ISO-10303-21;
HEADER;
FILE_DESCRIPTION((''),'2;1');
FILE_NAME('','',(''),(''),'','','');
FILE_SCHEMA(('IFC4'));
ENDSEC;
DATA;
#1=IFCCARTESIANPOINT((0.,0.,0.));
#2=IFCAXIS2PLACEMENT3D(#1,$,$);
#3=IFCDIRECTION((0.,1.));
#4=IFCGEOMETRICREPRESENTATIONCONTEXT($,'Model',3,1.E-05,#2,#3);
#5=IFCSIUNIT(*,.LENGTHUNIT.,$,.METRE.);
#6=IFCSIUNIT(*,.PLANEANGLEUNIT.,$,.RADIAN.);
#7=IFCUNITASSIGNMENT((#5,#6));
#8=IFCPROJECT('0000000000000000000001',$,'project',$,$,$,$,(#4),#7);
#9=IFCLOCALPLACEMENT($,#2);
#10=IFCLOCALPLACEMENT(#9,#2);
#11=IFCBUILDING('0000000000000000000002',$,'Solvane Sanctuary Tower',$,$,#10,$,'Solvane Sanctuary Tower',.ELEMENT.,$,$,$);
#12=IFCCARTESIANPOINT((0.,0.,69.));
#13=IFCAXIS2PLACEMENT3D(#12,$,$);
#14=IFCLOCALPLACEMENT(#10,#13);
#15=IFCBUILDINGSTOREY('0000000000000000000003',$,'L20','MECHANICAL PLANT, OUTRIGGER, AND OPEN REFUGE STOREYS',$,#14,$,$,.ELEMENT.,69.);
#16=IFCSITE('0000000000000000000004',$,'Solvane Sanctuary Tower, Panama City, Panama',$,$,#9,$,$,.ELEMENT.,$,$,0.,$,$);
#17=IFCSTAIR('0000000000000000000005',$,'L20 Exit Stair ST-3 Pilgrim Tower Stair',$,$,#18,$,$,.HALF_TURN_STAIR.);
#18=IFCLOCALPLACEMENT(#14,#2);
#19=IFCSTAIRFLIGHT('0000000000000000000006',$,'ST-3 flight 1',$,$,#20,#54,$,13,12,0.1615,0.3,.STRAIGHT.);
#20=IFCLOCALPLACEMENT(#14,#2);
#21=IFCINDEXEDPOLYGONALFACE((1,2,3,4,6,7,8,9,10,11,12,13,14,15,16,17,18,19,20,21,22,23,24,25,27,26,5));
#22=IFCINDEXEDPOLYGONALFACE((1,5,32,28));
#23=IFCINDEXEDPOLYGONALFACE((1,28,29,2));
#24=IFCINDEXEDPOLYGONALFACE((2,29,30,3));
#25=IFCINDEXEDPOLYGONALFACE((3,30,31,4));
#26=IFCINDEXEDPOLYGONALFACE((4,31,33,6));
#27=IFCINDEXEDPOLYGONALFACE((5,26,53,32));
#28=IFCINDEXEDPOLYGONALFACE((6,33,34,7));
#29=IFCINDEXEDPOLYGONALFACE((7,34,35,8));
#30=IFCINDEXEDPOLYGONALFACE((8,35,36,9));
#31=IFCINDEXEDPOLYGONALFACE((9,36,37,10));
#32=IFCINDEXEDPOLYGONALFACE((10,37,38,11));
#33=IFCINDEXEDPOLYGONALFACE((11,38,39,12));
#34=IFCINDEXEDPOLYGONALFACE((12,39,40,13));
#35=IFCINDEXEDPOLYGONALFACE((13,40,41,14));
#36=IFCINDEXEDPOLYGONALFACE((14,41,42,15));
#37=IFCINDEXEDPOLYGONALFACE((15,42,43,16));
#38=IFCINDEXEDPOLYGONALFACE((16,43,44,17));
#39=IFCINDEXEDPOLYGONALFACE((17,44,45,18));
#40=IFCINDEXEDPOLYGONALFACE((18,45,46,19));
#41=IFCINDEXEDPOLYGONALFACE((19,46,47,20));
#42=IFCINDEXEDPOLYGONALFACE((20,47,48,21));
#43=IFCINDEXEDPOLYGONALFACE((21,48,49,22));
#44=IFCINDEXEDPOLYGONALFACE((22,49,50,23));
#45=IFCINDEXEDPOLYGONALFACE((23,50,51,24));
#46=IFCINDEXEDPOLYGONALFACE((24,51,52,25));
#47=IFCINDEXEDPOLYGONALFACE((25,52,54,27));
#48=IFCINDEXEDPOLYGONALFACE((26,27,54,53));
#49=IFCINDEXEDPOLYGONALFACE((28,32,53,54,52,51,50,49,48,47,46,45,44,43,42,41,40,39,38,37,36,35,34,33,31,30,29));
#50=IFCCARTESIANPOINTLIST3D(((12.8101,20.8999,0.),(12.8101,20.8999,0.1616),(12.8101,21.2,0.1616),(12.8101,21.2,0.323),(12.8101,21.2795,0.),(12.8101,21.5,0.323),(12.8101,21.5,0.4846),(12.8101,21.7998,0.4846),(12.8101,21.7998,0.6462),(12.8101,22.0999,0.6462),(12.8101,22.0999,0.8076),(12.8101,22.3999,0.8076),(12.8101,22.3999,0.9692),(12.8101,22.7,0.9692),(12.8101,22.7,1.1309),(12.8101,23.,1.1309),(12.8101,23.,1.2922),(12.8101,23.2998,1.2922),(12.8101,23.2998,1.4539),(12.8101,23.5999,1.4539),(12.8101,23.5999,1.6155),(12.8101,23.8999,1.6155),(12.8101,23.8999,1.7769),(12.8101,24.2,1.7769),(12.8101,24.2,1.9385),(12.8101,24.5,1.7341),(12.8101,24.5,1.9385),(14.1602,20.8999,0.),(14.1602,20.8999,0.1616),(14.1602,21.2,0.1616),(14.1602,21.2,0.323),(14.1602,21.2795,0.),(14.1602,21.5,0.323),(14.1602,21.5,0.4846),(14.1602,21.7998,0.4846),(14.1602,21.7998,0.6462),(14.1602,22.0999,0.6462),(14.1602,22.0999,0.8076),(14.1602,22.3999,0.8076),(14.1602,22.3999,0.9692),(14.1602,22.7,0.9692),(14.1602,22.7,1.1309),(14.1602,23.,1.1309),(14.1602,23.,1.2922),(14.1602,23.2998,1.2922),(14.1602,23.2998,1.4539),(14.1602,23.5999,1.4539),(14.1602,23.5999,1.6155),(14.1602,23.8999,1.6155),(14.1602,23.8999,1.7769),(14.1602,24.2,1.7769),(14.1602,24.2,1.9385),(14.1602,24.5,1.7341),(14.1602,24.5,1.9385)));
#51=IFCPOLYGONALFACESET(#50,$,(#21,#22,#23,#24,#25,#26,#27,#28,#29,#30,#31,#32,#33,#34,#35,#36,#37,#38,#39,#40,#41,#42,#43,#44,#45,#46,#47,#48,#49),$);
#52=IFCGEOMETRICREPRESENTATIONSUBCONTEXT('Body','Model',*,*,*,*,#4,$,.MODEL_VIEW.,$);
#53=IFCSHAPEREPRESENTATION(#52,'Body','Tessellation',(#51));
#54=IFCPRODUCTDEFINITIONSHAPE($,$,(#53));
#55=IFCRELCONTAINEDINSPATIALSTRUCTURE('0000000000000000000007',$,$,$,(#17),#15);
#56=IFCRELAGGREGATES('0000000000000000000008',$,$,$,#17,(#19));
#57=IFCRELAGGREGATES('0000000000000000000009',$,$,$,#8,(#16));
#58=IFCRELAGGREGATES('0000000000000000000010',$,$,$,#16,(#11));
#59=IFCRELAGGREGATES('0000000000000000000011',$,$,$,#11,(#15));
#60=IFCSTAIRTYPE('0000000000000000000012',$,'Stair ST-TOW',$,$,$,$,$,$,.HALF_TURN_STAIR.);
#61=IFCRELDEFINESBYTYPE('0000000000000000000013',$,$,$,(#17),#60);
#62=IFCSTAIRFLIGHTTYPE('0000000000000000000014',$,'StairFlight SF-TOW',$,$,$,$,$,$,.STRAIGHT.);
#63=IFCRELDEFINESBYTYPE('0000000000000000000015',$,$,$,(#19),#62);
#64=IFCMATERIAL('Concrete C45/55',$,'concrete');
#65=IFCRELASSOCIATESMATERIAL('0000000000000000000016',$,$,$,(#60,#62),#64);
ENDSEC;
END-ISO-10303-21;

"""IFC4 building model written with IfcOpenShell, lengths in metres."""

from ifc_helpers import new_model, si_unit, direction, frame, origin, place, context, subcontext, project, spatial, polyline, outline, extrude, material, type_object, element, aggregate, save


model = new_model("IFC4")

# Units and contexts
model_context = context("Model", 3, precision=1e-05, world=origin(), true_north=direction((0.0, 1.0)))
body_context = subcontext(model_context, "Body", "Model", "MODEL_VIEW")
ifc_project = project(units=[si_unit("LENGTHUNIT", "METRE"), si_unit("PLANEANGLEUNIT", "RADIAN")], contexts=[model_context])

# Site, building, storey
site_placement = place(None, origin())
site = spatial("IfcSite", under=ifc_project, at=site_placement, Name="Solvane Sanctuary Tower, Panama City, Panama", CompositionType="ELEMENT", RefElevation=0.0)
building_placement = place(site_placement, origin())
building = spatial("IfcBuilding", under=site, at=building_placement, Name="Solvane Sanctuary Tower", LongName="Solvane Sanctuary Tower", CompositionType="ELEMENT")
storey_placement = place(building_placement, frame((0.0, 0.0, 69.0)))
storey = spatial("IfcBuildingStorey", under=building, at=storey_placement, Name="L20", Description="MECHANICAL PLANT, OUTRIGGER, AND OPEN REFUGE STOREYS", CompositionType="ELEMENT", Elevation=69.0)

# Stair
ifc_material_1 = material(Name="Concrete C45/55", Category="concrete")
stair_type = type_object("IfcStairType", Name="Stair ST-TOW", PredefinedType="HALF_TURN_STAIR", material=ifc_material_1)
stair_1_placement = place(storey_placement, origin())
stair_1 = element("IfcStair", 1, at=stair_1_placement, inside=storey, type_object=stair_type, Name="L20 Exit Stair ST-3 Pilgrim Tower Stair", PredefinedType="HALF_TURN_STAIR")

# Stair flight
stair_flight_type = type_object("IfcStairFlightType", Name="StairFlight SF-TOW", PredefinedType="STRAIGHT", material=ifc_material_1)
stair_flight_1_placement = place(storey_placement, frame((13.4851, 20.8999, 0.0), z_axis=(0.0, 0.0, 1.0), x_axis=(0.0, 1.0, 0.0)))
stair_flight_1 = element("IfcStairFlight", 2, at=stair_flight_1_placement, type_object=stair_flight_type, Name="ST-3 flight 1", NumberOfRisers=13, NumberOfTreads=12, PredefinedType="STRAIGHT", RiserHeight=0.1615, TreadLength=0.3, context=body_context, shape_type="SweptSolid", body=[
    extrude(outline(polyline([(0.0, 0.0), (0.0, 0.1616), (0.3, 0.1616), (0.3, 0.323), (0.6001, 0.323), (0.6001, 0.4846), (0.8999, 0.4846), (0.8999, 0.6462), (1.2, 0.6462), (1.2, 0.8076), (1.5, 0.8076), (1.5, 0.9692), (1.8, 0.9692), (1.8, 1.1309), (2.1001, 1.1309), (2.1001, 1.2922), (2.3999, 1.2922), (2.3999, 1.4539), (2.7, 1.4539), (2.7, 1.6155), (3.0, 1.6155), (3.0, 1.7769), (3.3, 1.7769), (3.3, 1.9385), (3.6001, 1.9385), (3.6001, 2.1001), (3.6001, 1.7341), (0.3796, 0.0), (0.0, 0.0)])), frame((0.0, 0.675, 0.0), z_axis=(0.0, -1.0, 0.0), x_axis=(1.0, 0.0, 0.0)), (0.0, 0.0, 1.0), 1.3501),
])
aggregate(stair_1, [stair_flight_1])

save(model, "model.ifc")
